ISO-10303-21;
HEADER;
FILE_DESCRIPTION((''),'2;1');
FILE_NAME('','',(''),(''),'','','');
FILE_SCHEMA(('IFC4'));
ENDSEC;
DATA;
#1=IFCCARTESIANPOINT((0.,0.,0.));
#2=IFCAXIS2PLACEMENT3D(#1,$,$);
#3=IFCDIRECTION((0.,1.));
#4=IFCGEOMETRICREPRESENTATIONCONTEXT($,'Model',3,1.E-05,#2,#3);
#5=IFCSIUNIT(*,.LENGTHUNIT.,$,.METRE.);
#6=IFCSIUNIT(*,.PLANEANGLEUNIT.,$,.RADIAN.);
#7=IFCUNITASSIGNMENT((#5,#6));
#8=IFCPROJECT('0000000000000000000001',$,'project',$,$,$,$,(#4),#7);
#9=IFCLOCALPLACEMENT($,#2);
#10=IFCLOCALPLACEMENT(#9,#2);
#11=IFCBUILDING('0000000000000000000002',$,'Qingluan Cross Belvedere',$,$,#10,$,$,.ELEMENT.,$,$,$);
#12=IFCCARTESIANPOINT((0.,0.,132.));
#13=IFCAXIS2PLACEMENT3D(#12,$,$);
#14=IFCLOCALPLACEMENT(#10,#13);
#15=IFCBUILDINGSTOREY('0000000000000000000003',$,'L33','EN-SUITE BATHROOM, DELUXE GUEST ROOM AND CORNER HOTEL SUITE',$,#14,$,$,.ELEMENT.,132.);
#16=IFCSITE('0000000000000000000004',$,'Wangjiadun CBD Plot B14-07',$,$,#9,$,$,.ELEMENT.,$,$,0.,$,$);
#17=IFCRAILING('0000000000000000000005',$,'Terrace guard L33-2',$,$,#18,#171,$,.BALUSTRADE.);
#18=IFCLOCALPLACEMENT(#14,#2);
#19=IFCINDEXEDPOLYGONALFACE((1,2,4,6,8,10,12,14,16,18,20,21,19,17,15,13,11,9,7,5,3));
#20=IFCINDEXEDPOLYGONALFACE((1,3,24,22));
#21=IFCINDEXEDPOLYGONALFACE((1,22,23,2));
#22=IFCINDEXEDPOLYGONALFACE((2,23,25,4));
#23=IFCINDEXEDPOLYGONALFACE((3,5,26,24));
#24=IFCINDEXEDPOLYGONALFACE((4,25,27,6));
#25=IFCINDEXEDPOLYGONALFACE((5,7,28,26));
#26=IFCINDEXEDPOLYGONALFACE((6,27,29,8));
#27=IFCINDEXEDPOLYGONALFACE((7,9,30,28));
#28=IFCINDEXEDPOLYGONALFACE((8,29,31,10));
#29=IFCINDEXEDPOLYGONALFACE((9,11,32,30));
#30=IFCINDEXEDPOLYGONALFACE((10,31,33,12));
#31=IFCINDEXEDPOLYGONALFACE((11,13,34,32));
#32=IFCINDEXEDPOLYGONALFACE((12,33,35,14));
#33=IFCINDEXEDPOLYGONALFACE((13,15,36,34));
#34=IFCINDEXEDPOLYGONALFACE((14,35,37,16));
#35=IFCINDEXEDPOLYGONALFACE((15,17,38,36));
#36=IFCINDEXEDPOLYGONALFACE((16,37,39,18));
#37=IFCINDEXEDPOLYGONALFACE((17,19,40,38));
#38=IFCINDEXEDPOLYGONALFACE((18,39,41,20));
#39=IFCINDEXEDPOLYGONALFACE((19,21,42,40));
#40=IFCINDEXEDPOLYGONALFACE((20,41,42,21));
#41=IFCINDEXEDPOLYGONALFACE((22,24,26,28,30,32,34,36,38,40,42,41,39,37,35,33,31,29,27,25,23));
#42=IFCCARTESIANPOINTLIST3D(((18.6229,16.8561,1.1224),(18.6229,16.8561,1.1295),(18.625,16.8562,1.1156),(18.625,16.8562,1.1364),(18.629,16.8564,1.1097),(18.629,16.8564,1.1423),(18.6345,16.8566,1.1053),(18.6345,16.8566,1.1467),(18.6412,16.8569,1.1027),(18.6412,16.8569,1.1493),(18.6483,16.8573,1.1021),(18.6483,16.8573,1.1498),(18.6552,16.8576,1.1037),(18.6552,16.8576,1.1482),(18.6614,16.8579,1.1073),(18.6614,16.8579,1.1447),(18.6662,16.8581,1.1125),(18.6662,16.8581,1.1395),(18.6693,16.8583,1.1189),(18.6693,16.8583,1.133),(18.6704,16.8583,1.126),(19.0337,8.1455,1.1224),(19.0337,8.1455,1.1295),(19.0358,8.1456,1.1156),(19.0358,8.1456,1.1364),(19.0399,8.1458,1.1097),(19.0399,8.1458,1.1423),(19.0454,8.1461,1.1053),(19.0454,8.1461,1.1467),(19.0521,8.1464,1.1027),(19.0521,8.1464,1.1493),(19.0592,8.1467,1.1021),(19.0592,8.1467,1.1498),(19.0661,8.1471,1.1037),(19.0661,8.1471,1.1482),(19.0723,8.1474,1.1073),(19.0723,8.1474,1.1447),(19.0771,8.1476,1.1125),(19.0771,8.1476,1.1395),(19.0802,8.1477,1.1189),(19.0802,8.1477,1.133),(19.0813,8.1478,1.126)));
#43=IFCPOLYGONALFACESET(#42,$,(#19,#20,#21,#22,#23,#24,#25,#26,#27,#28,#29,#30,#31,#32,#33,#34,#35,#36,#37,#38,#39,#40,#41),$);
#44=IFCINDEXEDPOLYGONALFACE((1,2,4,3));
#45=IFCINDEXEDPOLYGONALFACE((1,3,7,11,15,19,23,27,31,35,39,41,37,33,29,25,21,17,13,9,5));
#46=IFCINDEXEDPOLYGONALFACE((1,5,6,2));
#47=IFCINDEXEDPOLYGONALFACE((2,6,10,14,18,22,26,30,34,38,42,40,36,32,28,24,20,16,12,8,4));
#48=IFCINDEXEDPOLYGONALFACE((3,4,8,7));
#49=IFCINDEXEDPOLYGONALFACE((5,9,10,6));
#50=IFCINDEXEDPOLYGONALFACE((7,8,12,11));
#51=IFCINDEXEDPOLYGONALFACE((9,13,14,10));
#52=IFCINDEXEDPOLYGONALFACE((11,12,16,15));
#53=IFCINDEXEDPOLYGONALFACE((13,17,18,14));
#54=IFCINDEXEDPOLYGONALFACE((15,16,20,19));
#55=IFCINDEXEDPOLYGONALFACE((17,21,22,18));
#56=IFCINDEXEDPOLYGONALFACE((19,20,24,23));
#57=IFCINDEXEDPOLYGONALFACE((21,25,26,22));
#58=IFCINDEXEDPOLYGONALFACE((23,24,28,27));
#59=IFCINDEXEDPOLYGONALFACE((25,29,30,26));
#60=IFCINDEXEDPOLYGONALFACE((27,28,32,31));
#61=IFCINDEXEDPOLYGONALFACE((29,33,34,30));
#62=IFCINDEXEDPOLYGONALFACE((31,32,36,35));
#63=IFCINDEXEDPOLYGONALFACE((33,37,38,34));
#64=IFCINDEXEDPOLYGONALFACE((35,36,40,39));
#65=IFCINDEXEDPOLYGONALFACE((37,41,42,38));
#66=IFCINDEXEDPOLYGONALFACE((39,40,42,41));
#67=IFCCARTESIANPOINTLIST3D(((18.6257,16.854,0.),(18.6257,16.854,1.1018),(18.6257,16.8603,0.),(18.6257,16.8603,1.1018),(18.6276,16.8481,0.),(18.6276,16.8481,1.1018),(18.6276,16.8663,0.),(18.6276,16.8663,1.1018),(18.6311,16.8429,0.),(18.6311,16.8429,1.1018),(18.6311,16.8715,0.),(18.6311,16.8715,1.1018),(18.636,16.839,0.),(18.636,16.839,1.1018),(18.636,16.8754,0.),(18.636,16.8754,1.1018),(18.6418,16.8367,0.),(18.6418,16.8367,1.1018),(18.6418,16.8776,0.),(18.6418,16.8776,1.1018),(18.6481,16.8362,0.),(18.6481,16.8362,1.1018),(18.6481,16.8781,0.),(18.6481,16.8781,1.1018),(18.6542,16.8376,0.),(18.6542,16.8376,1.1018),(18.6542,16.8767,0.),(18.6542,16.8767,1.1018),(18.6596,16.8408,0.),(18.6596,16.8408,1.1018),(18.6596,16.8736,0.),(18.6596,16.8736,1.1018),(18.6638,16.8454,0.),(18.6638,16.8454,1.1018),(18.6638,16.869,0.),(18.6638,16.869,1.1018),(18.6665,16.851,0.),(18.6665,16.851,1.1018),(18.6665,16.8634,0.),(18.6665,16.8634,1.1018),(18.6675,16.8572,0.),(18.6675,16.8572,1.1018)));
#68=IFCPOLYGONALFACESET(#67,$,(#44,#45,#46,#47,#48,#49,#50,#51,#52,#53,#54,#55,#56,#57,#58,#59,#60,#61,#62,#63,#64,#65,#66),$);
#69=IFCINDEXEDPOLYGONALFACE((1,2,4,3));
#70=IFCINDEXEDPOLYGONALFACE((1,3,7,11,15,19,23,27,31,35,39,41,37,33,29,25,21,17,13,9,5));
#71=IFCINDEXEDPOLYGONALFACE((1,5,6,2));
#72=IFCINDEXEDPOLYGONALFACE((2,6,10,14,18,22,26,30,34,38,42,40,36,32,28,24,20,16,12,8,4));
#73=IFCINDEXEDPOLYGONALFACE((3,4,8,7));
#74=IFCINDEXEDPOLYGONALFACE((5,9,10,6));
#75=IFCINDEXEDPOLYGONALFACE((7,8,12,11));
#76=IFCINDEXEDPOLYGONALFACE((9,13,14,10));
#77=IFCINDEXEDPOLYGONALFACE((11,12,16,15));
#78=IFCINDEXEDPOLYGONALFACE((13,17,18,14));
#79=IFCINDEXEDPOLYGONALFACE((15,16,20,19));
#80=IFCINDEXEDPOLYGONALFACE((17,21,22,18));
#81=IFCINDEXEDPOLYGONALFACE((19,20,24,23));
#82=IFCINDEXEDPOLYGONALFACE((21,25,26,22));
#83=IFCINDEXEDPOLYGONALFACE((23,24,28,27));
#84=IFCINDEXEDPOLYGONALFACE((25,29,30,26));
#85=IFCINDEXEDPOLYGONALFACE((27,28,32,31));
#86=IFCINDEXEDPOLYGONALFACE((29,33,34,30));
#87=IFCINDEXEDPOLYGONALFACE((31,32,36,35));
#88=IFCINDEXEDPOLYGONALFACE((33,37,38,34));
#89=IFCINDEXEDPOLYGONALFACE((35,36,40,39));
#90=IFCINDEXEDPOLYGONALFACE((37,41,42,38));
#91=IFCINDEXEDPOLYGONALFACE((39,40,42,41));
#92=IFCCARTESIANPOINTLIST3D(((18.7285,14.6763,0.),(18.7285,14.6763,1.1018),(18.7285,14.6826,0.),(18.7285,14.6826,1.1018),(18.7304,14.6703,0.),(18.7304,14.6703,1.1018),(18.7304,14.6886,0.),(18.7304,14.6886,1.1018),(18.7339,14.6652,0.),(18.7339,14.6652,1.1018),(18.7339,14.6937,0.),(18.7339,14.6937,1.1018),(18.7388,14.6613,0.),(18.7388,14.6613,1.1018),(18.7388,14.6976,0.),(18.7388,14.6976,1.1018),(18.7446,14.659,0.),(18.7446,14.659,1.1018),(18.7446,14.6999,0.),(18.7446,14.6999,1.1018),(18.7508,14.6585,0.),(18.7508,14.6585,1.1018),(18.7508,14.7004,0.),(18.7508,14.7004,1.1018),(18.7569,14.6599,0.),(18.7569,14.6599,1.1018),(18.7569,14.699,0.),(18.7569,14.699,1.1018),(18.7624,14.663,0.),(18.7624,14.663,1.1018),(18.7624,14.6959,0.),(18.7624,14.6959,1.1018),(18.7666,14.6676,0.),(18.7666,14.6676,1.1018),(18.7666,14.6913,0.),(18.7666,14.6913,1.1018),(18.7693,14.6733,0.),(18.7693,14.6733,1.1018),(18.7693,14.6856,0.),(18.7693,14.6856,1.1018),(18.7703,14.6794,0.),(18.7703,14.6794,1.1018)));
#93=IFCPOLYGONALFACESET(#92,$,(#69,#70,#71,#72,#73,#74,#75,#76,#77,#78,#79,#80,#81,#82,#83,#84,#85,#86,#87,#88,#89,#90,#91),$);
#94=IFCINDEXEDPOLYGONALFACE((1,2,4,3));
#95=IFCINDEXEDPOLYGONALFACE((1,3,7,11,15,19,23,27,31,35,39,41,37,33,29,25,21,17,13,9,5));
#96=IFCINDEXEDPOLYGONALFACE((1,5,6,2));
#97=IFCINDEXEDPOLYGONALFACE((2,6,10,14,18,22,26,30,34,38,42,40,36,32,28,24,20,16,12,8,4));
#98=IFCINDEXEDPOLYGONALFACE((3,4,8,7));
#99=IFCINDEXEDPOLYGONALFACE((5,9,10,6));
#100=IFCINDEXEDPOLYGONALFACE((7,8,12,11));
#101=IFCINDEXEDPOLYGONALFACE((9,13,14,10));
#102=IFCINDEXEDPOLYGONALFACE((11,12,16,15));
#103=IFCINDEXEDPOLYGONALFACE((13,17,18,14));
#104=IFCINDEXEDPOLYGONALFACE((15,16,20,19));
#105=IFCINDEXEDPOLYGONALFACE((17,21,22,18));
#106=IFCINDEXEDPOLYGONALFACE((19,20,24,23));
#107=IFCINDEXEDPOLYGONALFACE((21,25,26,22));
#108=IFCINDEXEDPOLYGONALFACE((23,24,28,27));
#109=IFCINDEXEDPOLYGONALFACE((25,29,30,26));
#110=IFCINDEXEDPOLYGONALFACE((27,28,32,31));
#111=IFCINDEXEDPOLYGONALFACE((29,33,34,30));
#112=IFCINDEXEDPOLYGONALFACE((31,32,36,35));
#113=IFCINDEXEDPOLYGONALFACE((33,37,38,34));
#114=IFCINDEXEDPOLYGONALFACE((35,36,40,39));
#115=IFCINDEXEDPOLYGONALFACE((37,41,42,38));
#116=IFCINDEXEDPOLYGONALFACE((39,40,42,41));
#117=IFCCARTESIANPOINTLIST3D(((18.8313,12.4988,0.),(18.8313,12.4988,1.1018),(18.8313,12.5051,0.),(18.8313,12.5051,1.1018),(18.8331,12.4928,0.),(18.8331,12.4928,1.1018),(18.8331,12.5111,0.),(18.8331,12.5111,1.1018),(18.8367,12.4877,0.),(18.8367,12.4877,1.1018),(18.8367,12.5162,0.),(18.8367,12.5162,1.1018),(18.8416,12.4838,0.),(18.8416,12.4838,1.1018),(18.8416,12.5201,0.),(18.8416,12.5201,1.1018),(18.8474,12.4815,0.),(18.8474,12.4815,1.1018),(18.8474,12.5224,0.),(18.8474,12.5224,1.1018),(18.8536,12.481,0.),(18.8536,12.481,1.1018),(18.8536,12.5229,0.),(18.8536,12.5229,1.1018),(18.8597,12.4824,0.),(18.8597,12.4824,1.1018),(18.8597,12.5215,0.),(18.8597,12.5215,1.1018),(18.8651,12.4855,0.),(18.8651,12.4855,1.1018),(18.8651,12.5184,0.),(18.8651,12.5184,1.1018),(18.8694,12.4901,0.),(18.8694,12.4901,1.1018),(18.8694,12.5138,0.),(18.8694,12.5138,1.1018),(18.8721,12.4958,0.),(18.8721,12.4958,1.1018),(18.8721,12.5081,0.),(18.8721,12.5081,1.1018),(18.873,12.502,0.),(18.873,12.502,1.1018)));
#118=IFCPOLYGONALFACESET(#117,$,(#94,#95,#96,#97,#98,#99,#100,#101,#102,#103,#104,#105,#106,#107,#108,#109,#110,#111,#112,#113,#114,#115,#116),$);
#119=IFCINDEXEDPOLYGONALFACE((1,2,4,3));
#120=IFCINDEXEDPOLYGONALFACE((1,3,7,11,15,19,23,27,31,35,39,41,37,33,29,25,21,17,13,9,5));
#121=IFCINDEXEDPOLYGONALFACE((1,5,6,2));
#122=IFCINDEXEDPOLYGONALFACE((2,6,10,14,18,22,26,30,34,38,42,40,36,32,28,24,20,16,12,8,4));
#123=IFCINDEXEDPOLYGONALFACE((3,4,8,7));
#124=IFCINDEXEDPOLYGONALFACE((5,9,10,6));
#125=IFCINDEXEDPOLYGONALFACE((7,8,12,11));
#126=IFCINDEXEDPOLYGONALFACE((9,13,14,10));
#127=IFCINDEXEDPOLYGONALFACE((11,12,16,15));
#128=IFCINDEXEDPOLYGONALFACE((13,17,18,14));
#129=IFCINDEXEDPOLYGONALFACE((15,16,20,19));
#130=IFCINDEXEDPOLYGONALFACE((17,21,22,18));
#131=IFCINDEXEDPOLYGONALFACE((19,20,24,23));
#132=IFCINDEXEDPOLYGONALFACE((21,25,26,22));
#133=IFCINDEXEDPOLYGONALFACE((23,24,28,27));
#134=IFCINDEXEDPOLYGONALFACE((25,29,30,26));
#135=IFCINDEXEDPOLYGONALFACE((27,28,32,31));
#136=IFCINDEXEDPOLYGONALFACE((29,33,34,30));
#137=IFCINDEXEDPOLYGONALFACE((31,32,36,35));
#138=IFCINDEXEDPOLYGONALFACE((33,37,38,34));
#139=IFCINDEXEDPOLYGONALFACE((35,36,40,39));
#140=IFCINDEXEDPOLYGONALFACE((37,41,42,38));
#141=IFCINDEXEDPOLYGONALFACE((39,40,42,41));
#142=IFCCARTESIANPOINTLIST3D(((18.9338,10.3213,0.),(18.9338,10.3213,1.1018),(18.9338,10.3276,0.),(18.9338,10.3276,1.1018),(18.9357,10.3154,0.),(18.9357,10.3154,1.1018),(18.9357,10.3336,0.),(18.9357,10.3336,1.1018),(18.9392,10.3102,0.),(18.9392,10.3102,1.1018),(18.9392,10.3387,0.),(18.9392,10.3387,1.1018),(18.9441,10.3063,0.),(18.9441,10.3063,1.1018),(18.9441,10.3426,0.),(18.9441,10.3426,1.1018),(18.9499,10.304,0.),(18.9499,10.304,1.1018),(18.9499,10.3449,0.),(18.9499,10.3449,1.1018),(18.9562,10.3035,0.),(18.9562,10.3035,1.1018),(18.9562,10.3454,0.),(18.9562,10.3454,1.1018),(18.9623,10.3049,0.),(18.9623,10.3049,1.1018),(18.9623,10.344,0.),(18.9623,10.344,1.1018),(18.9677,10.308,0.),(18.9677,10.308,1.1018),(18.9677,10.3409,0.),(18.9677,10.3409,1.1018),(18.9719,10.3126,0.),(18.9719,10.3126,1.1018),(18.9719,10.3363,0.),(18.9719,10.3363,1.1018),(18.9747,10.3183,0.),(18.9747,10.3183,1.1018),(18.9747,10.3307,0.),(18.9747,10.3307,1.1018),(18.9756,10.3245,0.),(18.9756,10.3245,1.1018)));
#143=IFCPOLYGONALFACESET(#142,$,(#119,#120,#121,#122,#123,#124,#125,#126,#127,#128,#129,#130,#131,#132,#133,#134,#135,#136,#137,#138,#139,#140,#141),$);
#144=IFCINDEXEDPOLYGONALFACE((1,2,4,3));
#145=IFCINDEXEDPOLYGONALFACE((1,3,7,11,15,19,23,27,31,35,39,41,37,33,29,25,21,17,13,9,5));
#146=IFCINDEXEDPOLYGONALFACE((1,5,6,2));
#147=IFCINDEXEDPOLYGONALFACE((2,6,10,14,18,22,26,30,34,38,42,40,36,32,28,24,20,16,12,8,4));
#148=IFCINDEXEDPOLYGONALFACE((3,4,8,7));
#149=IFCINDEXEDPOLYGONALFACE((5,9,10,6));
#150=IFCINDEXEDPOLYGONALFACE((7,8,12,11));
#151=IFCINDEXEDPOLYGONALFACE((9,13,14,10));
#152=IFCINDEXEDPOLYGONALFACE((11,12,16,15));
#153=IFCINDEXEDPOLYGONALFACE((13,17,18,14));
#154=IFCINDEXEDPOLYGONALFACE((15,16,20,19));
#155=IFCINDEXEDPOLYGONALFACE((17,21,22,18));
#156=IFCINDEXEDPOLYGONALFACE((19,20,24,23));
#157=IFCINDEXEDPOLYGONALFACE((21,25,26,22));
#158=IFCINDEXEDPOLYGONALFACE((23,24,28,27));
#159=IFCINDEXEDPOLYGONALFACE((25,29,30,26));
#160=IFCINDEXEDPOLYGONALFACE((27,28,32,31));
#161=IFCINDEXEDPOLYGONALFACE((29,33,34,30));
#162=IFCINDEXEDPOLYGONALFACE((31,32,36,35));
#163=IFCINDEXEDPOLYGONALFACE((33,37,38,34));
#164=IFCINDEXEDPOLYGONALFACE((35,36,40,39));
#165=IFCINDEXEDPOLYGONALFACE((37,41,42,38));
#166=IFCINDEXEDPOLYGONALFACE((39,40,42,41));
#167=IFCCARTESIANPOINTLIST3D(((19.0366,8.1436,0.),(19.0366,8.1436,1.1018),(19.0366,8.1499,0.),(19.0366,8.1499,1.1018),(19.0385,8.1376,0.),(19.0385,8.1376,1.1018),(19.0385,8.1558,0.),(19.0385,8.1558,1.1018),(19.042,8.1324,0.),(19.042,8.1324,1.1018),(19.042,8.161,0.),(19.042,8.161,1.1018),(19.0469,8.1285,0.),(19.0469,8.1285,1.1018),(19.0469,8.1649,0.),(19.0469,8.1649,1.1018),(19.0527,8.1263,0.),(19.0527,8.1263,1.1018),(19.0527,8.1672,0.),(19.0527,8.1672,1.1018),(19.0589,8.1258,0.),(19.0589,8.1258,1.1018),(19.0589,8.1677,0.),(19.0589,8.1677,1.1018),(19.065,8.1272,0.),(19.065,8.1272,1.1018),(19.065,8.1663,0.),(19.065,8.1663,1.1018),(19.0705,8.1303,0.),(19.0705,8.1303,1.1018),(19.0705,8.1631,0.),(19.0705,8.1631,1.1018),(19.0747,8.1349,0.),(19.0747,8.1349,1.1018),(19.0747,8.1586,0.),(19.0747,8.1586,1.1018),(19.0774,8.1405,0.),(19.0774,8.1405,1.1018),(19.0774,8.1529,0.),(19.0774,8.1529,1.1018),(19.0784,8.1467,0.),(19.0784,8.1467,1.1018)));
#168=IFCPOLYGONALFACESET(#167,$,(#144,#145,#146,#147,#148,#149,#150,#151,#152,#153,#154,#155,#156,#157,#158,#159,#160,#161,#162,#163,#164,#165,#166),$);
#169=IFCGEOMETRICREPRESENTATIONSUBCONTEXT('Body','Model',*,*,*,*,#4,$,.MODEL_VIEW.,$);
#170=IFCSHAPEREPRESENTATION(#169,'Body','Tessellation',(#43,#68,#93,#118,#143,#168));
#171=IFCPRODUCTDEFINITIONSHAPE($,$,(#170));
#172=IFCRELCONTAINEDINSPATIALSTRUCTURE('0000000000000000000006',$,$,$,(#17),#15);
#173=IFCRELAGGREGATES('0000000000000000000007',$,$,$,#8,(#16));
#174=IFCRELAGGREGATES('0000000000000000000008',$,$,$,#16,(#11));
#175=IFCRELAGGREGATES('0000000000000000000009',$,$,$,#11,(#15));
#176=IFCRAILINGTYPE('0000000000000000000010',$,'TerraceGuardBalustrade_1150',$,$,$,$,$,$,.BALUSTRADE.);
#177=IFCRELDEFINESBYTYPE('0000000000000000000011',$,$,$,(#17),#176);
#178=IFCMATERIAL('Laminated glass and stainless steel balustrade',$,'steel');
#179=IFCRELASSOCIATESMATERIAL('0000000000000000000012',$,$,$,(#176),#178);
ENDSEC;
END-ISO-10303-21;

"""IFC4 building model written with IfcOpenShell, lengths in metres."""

from ifc_helpers import new_model, si_unit, direction, frame, origin, origin_2d, place, context, subcontext, project, spatial, circle, extrude, material, type_object, element, save


model = new_model("IFC4")

# Units and contexts
model_context = context("Model", 3, precision=1e-05, world=origin(), true_north=direction((0.0, 1.0)))
body_context = subcontext(model_context, "Body", "Model", "MODEL_VIEW")
ifc_project = project(units=[si_unit("LENGTHUNIT", "METRE"), si_unit("PLANEANGLEUNIT", "RADIAN")], contexts=[model_context])

# Site, building, storey
site_placement = place(None, origin())
site = spatial("IfcSite", under=ifc_project, at=site_placement, Name="Wangjiadun CBD Plot B14-07", CompositionType="ELEMENT", RefElevation=0.0)
building_placement = place(site_placement, origin())
building = spatial("IfcBuilding", under=site, at=building_placement, Name="Qingluan Cross Belvedere", CompositionType="ELEMENT")
storey_placement = place(building_placement, frame((0.0, 0.0, 132.0)))
storey = spatial("IfcBuildingStorey", under=building, at=storey_placement, Name="L33", Description="EN-SUITE BATHROOM, DELUXE GUEST ROOM AND CORNER HOTEL SUITE", CompositionType="ELEMENT", Elevation=132.0)

# Railing
ifc_material_1 = material(Name="Laminated glass and stainless steel balustrade", Category="steel")
railing_type = type_object("IfcRailingType", Name="TerraceGuardBalustrade_1150", PredefinedType="BALUSTRADE", material=ifc_material_1)
railing_1_placement = place(storey_placement, frame((18.6465, 16.8572, 0.0)))
element("IfcRailing", 1, at=railing_1_placement, inside=storey, type_object=railing_type, Name="Terrace guard L33-2", PredefinedType="BALUSTRADE", context=body_context, shape_type="SweptSolid", body=[
    extrude(circle(Radius=0.0239, at=origin_2d()), frame((0.0, 0.0, 1.126), z_axis=(0.04712, -0.998889, 0.0), x_axis=(0.998889, 0.04712, 0.0)), (0.0, 0.0, 1.0), 8.7202),
    extrude(circle(Radius=0.021, at=origin_2d()), origin(), (0.0, 0.0, 1.0), 1.1018),
    extrude(circle(Radius=0.021, at=origin_2d()), frame((0.1028, -2.1777, 0.0)), (0.0, 0.0, 1.0), 1.1018),
    extrude(circle(Radius=0.021, at=origin_2d()), frame((0.2056, -4.3552, 0.0)), (0.0, 0.0, 1.0), 1.1018),
    extrude(circle(Radius=0.021, at=origin_2d()), frame((0.3081, -6.5327, 0.0)), (0.0, 0.0, 1.0), 1.1018),
    extrude(circle(Radius=0.021, at=origin_2d()), frame((0.4109, -8.7104, 0.0)), (0.0, 0.0, 1.0), 1.1018),
])

save(model, "model.ifc")
